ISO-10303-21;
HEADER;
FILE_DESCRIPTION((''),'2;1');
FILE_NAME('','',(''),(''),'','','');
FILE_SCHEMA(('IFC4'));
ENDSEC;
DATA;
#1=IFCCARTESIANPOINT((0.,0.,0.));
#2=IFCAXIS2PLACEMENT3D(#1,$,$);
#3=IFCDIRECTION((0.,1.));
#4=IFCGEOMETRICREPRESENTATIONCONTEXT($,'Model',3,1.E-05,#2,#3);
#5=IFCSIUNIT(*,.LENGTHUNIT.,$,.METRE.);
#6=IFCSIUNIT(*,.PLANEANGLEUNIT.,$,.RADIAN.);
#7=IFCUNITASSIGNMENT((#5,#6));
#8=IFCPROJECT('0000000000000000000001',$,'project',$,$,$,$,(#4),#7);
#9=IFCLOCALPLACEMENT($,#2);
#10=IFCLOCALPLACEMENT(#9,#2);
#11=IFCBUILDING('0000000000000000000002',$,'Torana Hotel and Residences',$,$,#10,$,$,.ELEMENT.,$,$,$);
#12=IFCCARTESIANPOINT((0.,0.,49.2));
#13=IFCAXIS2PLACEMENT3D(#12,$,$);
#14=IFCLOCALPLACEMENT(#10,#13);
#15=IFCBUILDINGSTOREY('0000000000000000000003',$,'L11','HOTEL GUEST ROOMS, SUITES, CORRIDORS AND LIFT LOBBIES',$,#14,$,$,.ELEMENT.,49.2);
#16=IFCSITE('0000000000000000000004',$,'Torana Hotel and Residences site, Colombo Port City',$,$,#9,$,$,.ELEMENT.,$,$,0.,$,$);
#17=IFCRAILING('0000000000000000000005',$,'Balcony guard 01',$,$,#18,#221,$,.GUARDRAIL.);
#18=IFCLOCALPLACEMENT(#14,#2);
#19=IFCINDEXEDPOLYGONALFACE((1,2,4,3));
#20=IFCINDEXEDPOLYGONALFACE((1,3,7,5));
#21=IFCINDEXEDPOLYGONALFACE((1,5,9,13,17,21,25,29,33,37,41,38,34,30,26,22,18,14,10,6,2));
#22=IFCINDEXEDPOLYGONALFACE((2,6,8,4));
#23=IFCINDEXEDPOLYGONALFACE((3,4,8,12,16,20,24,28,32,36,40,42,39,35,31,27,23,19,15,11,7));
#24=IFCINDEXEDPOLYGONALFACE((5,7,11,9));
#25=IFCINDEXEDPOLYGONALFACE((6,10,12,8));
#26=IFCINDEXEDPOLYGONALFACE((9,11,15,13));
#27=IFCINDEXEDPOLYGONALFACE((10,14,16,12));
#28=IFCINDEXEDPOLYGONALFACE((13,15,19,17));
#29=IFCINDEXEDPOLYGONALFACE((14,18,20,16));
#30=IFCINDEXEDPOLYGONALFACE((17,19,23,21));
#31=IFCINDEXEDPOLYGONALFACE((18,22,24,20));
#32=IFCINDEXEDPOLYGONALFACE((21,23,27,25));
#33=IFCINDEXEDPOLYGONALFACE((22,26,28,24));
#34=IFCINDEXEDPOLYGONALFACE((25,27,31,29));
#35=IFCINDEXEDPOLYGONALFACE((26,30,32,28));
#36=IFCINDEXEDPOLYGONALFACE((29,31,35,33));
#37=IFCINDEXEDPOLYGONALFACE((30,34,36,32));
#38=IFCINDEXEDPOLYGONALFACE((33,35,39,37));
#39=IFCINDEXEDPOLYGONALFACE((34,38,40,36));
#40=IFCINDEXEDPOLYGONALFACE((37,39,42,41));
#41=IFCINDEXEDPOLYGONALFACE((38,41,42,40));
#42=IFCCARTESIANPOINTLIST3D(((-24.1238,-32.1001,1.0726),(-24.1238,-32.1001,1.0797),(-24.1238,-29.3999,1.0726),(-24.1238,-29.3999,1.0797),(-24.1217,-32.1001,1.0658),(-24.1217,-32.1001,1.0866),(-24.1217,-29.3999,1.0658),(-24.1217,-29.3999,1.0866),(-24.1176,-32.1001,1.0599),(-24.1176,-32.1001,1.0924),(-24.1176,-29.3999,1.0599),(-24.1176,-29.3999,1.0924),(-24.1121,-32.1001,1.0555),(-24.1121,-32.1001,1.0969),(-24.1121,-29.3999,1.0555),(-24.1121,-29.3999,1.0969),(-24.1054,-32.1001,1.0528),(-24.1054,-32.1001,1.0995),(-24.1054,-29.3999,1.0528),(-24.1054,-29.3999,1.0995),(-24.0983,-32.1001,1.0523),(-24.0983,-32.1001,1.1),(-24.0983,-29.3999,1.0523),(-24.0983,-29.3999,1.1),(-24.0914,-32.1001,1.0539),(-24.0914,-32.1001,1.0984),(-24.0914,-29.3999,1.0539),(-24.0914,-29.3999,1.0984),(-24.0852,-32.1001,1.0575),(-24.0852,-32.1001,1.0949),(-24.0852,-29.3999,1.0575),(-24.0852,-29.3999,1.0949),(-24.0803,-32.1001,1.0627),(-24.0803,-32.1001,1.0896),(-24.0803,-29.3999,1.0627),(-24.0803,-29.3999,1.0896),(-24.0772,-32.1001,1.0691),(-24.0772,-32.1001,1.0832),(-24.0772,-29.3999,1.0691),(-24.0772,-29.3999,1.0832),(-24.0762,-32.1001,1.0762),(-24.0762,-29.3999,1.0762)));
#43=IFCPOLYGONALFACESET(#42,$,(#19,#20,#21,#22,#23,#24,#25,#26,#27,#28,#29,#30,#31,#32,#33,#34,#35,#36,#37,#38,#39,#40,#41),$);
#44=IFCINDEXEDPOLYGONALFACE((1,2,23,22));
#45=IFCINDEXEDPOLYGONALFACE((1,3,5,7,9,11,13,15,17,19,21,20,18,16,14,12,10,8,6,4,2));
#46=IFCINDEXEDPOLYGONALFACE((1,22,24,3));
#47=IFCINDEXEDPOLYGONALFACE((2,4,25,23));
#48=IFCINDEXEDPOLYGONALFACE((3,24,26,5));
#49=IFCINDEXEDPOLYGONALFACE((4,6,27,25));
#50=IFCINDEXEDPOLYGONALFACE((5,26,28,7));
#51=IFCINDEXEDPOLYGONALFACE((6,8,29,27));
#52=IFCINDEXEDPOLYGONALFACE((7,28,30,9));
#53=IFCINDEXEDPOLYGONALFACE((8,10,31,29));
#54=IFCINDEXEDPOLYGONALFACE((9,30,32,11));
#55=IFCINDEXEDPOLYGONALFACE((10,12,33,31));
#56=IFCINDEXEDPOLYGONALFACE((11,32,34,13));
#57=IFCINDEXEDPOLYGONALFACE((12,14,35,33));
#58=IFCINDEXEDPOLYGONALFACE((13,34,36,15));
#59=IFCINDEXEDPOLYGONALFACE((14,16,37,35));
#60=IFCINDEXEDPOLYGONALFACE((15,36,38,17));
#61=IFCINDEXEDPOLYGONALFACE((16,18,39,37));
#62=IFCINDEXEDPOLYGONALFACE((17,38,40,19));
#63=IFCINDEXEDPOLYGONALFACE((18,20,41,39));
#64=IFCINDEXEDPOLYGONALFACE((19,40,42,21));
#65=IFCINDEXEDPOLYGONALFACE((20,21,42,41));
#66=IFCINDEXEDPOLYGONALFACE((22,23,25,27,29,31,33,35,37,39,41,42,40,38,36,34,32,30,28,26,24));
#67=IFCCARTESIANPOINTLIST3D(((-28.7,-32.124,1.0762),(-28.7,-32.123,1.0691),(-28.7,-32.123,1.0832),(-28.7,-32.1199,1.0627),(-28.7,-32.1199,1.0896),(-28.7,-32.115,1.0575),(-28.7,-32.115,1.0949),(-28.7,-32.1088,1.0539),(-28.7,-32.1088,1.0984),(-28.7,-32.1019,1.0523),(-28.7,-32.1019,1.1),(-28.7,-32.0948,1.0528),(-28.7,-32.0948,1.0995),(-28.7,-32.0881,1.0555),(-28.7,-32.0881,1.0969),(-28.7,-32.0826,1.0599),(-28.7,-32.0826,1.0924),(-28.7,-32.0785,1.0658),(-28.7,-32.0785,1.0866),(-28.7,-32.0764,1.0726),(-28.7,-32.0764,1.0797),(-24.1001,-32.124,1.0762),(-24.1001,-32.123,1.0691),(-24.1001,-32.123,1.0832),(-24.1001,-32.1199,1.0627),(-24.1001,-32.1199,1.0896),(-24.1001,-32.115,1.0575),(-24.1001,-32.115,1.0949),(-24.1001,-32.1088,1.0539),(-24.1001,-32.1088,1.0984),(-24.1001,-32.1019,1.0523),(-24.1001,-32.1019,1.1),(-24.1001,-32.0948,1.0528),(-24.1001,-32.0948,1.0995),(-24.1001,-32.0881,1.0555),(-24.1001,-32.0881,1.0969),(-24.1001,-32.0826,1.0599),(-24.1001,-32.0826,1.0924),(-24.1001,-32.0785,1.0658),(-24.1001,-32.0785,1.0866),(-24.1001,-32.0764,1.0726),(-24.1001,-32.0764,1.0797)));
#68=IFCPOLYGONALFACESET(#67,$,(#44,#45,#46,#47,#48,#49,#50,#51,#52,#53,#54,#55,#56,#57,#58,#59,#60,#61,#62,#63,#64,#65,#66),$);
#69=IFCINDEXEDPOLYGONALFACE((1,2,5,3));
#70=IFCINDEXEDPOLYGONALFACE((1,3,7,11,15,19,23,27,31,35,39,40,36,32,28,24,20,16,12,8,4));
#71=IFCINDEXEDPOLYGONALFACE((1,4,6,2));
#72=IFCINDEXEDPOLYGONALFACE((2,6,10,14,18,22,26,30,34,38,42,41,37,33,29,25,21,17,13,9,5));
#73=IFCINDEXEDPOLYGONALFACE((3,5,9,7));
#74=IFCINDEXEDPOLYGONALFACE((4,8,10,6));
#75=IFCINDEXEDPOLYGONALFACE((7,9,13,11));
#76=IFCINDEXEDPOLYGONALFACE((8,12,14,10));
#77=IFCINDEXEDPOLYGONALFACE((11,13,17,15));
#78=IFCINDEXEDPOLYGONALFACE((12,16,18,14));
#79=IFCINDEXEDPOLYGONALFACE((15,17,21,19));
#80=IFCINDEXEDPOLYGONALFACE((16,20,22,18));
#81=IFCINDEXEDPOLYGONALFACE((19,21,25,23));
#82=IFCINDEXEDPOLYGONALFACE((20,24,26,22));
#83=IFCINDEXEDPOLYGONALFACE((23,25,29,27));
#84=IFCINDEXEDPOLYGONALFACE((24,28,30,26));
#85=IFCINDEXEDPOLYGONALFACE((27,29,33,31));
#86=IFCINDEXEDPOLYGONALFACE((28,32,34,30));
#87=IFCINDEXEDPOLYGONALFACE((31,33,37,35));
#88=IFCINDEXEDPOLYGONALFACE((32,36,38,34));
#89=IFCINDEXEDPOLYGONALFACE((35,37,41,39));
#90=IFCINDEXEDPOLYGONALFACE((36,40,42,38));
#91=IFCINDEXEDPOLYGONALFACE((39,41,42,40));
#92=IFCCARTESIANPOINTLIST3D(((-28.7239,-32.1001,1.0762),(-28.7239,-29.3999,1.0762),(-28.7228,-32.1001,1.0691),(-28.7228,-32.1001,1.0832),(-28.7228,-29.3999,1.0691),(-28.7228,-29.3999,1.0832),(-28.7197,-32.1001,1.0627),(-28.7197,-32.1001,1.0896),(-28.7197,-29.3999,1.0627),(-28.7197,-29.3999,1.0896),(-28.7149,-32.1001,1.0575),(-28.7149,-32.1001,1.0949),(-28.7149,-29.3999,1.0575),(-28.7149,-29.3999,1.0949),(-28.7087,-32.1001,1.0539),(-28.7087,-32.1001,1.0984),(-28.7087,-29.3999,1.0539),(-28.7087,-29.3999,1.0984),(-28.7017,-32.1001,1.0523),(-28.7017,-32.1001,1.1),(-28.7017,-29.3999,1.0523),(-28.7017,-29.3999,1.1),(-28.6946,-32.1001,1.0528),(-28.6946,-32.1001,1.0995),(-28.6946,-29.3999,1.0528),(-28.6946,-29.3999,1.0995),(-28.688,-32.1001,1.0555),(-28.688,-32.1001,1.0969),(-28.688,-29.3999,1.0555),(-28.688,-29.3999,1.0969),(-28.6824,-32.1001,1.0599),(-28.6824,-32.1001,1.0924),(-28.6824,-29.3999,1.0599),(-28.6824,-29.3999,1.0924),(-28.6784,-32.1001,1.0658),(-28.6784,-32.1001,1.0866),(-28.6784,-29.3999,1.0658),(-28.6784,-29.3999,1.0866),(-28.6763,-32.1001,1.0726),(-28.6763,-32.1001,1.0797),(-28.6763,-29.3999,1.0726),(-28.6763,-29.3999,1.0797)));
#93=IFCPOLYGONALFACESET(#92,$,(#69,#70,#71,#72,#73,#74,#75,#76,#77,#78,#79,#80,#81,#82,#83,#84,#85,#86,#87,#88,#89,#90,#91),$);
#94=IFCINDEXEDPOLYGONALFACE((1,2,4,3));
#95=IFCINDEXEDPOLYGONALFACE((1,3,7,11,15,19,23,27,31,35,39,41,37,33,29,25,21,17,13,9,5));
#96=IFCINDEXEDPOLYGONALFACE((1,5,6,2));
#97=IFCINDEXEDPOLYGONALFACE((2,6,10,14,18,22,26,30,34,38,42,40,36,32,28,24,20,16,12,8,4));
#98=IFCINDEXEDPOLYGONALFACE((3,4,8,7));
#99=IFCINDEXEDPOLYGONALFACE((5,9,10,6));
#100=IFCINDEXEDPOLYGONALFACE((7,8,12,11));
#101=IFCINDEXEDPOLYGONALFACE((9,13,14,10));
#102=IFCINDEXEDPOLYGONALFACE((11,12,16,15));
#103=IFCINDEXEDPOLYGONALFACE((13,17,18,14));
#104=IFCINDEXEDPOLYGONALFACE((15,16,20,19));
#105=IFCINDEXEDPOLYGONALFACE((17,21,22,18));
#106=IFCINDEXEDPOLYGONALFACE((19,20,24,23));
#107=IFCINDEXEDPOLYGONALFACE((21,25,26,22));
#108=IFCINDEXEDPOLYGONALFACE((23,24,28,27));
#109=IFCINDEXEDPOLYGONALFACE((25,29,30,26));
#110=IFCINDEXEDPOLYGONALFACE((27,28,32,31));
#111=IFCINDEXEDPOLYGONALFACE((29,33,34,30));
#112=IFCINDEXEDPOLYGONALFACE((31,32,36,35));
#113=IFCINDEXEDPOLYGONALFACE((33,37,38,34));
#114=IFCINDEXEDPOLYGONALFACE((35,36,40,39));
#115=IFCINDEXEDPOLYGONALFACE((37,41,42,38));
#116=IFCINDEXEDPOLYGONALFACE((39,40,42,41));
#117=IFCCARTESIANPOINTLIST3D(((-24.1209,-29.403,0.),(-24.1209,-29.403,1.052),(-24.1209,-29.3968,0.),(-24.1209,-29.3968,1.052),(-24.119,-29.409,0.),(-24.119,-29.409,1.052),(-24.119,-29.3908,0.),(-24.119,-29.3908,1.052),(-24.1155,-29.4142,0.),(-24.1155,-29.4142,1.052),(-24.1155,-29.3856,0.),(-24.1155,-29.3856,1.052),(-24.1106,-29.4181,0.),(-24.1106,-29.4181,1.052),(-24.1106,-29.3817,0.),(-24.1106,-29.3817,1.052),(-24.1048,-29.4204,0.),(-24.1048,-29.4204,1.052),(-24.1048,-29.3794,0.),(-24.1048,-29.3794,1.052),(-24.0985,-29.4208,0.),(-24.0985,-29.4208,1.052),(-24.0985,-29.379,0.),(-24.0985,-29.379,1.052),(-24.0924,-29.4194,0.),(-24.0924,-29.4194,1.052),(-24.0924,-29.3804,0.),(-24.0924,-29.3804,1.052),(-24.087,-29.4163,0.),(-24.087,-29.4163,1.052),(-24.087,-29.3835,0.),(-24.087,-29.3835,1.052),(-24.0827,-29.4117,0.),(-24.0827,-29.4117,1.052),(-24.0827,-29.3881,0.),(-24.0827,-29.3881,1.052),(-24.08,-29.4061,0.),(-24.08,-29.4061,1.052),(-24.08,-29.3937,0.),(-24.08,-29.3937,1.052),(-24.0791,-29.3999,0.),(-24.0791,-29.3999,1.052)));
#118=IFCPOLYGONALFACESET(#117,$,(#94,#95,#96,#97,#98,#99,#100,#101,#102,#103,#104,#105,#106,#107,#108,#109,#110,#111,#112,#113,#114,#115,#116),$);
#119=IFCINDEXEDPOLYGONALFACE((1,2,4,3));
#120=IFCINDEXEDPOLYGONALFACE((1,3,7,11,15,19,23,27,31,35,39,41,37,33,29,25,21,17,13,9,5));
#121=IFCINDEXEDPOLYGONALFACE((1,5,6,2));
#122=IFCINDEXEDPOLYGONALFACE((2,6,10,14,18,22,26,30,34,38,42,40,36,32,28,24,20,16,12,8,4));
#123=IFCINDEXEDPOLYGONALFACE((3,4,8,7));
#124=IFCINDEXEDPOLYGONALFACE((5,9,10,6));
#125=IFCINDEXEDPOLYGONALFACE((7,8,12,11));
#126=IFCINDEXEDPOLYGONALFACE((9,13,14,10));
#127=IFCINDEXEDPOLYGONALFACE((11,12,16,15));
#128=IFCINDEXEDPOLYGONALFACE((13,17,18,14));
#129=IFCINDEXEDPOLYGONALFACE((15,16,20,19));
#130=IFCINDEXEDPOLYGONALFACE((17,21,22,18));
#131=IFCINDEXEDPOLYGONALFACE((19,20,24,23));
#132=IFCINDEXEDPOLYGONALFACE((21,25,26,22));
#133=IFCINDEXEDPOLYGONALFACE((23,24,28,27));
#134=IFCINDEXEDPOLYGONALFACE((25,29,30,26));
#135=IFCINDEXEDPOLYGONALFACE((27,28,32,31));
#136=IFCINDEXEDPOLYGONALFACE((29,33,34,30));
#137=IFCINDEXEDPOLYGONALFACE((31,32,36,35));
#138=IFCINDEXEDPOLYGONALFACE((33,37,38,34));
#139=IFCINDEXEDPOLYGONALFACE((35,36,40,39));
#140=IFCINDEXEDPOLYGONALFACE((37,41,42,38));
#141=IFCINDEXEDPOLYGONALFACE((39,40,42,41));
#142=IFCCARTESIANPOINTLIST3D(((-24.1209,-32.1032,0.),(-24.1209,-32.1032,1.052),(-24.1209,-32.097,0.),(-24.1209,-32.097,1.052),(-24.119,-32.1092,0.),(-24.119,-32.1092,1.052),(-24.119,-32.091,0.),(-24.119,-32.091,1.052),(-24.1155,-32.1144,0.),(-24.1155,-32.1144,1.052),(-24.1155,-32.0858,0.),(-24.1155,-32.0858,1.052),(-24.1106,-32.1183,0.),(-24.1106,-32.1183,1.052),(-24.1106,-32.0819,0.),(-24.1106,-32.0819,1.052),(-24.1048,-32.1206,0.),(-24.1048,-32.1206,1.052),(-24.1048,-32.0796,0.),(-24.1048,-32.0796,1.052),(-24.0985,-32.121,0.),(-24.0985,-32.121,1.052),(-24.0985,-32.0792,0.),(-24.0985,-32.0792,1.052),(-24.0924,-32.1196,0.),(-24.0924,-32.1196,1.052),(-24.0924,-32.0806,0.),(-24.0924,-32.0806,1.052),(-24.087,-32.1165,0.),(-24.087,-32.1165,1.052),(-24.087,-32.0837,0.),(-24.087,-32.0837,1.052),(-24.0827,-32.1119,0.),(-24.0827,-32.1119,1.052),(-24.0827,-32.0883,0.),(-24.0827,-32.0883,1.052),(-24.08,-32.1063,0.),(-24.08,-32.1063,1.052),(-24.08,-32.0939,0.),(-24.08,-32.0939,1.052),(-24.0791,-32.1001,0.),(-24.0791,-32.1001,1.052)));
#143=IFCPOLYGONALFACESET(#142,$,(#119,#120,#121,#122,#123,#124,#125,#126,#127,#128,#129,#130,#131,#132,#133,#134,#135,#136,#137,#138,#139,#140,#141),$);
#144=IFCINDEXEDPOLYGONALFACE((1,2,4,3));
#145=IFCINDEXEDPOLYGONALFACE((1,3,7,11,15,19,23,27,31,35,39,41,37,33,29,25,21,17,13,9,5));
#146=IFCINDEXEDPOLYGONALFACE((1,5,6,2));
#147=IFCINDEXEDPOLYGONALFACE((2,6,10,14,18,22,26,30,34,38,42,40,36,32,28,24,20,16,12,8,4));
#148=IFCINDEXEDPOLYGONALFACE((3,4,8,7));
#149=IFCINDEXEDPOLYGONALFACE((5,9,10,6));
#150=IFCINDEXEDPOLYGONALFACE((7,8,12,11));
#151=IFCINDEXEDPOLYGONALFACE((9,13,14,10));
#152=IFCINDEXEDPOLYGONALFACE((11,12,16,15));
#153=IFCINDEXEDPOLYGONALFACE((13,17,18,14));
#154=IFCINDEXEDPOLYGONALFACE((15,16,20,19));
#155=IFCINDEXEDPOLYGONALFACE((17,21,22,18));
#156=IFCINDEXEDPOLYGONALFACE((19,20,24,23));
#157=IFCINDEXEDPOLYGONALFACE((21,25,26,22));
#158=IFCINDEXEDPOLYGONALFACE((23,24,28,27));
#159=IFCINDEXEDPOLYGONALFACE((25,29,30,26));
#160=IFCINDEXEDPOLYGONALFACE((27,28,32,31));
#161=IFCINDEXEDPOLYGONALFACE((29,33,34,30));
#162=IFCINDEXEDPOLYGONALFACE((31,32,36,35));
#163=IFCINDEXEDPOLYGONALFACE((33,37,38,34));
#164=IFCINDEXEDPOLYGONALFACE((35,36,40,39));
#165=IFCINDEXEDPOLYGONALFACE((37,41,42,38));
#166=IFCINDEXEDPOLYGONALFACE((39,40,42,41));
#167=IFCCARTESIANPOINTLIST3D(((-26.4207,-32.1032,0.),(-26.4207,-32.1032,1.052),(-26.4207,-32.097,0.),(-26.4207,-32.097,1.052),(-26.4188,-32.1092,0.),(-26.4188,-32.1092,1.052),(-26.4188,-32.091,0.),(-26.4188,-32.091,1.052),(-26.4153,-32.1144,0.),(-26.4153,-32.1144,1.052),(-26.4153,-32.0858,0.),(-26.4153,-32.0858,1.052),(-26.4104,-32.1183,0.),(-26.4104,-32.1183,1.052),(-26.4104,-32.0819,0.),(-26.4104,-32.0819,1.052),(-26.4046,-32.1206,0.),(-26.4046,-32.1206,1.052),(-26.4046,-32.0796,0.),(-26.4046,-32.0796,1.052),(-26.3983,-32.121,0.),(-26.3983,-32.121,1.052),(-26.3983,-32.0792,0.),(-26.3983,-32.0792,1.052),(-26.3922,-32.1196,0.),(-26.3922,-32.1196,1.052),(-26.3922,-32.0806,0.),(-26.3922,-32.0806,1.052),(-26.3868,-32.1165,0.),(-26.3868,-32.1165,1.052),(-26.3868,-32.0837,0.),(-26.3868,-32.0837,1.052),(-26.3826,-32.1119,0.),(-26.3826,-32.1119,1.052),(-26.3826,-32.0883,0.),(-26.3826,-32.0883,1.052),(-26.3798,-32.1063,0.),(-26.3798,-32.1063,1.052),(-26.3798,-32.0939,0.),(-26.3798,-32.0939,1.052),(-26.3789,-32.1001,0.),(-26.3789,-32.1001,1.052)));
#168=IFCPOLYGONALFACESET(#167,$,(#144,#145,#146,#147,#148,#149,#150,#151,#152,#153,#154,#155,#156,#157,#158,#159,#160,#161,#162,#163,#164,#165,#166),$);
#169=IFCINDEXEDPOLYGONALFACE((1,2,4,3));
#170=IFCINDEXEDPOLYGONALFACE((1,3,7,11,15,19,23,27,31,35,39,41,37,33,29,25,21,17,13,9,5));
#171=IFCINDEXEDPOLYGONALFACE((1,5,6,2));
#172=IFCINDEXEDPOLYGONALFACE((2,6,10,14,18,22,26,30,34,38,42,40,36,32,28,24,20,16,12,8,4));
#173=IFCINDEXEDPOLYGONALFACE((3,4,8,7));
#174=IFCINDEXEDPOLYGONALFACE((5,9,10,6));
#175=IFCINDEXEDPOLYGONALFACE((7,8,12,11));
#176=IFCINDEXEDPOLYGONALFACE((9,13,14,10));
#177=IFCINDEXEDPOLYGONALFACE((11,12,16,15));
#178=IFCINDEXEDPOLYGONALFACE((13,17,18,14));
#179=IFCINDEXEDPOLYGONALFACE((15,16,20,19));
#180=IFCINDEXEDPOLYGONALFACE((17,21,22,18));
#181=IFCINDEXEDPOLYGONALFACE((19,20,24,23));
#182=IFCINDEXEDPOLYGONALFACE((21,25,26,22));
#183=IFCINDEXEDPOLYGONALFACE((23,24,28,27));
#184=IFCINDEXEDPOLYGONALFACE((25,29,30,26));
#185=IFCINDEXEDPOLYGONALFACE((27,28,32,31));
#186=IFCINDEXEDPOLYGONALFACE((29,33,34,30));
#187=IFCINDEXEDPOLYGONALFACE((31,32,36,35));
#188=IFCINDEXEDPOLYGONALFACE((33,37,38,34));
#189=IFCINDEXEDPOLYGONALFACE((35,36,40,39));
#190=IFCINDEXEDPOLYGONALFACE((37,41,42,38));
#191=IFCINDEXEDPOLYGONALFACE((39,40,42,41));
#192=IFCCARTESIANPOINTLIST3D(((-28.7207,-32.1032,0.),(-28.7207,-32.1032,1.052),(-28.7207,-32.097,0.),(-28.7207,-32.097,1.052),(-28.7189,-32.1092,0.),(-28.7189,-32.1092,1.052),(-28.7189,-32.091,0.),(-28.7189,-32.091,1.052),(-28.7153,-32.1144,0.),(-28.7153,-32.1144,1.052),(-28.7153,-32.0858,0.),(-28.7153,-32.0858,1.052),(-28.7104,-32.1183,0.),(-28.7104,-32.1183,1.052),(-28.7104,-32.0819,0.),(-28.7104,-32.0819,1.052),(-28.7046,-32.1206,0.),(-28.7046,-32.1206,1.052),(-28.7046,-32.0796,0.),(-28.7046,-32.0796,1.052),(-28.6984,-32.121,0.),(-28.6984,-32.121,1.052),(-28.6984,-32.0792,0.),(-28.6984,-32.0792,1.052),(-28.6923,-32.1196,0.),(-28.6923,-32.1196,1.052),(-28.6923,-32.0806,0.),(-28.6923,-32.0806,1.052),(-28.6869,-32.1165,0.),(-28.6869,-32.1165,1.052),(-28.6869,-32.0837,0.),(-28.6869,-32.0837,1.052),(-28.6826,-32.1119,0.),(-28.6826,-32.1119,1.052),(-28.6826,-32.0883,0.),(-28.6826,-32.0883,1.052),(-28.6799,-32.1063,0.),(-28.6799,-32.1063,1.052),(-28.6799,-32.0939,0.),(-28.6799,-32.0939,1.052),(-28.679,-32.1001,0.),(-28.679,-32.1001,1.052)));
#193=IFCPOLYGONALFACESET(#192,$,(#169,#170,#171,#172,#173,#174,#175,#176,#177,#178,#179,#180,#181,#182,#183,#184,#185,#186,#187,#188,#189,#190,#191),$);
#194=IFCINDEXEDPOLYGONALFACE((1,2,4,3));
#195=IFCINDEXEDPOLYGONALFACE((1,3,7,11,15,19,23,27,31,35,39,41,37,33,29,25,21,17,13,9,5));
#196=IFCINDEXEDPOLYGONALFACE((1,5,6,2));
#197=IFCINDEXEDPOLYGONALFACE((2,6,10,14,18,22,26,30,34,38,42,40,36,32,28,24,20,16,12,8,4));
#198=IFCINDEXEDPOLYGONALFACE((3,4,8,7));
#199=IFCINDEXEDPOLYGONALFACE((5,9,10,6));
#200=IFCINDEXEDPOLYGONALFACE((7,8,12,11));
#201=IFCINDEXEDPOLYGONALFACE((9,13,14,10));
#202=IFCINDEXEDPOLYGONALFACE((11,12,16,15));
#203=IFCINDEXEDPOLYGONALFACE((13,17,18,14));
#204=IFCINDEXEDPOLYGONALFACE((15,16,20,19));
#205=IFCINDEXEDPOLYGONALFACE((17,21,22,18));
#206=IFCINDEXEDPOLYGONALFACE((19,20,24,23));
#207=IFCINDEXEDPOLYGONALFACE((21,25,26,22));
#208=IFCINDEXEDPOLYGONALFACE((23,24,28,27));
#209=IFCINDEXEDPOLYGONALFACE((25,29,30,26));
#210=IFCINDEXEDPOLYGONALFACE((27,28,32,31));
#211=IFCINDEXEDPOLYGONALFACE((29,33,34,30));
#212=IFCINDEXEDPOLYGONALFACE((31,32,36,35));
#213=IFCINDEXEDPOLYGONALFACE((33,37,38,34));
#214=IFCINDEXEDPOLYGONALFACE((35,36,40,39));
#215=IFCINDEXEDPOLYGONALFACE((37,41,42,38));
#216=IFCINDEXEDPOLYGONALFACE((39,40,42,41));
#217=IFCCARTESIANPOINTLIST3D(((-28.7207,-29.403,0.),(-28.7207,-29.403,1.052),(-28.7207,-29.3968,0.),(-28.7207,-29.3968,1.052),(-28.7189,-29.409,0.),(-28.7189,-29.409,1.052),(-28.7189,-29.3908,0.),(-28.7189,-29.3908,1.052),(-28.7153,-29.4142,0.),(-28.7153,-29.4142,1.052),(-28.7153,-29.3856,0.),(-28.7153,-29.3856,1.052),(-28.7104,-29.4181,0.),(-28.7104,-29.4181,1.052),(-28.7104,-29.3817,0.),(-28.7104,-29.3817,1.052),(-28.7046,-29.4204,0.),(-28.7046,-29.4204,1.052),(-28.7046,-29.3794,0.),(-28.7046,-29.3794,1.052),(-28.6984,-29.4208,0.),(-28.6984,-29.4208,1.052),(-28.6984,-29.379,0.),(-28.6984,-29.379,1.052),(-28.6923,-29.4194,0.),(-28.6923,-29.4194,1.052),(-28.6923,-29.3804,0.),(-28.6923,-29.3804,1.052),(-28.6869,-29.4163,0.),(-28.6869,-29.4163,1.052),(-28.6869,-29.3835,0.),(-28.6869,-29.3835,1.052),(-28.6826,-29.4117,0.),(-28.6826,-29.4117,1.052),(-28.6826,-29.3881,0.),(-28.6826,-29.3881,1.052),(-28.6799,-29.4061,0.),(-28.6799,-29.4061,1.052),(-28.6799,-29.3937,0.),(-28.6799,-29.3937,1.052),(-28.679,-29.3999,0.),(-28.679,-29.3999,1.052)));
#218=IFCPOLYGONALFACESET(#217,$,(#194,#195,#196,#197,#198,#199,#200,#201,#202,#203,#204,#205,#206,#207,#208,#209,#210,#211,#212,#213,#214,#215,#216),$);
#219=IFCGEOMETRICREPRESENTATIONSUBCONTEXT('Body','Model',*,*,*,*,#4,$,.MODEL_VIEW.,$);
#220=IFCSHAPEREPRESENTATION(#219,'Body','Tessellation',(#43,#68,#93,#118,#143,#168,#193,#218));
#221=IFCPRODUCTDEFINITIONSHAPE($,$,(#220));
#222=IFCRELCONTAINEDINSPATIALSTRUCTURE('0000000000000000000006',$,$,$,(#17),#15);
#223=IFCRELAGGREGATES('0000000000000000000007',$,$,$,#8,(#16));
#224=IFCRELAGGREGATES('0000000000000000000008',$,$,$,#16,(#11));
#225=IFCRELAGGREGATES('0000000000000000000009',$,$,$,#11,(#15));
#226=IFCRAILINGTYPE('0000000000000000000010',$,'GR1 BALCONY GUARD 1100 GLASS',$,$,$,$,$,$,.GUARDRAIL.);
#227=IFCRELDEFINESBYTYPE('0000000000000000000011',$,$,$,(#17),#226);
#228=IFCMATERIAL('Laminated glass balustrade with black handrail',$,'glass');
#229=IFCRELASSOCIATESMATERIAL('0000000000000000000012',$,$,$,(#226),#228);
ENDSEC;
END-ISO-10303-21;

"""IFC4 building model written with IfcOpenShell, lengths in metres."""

from ifc_helpers import new_model, si_unit, direction, frame, origin, origin_2d, place, context, subcontext, project, spatial, circle, extrude, material, type_object, element, save


model = new_model("IFC4")

# Units and contexts
model_context = context("Model", 3, precision=1e-05, world=origin(), true_north=direction((0.0, 1.0)))
body_context = subcontext(model_context, "Body", "Model", "MODEL_VIEW")
ifc_project = project(units=[si_unit("LENGTHUNIT", "METRE"), si_unit("PLANEANGLEUNIT", "RADIAN")], contexts=[model_context])

# Site, building, storey
site_placement = place(None, origin())
site = spatial("IfcSite", under=ifc_project, at=site_placement, Name="Torana Hotel and Residences site, Colombo Port City", CompositionType="ELEMENT", RefElevation=0.0)
building_placement = place(site_placement, origin())
building = spatial("IfcBuilding", under=site, at=building_placement, Name="Torana Hotel and Residences", CompositionType="ELEMENT")
storey_placement = place(building_placement, frame((0.0, 0.0, 49.2)))
storey = spatial("IfcBuildingStorey", under=building, at=storey_placement, Name="L11", Description="HOTEL GUEST ROOMS, SUITES, CORRIDORS AND LIFT LOBBIES", CompositionType="ELEMENT", Elevation=49.2)

# Railing
ifc_material_1 = material(Name="Laminated glass balustrade with black handrail", Category="glass")
railing_type = type_object("IfcRailingType", Name="GR1 BALCONY GUARD 1100 GLASS", PredefinedType="GUARDRAIL", material=ifc_material_1)
railing_placement = place(storey_placement, frame((-24.1001, -29.3999, 0.0)))
element("IfcRailing", 1, at=railing_placement, inside=storey, type_object=railing_type, Name="Balcony guard 01", PredefinedType="GUARDRAIL", context=body_context, shape_type="SweptSolid", body=[
    extrude(circle(Radius=0.0239, at=origin_2d()), frame((0.0, 0.0, 1.0762), z_axis=(0.0, -1.0, 0.0), x_axis=(1.0, 0.0, 0.0)), (0.0, 0.0, 1.0), 2.7002),
    extrude(circle(Radius=0.0239, at=origin_2d()), frame((0.0, -2.7002, 1.0762), z_axis=(-1.0, 0.0, 0.0), x_axis=(0.0, -1.0, 0.0)), (0.0, 0.0, 1.0), 4.5999),
    extrude(circle(Radius=0.0239, at=origin_2d()), frame((-4.5999, -2.7002, 1.0762), z_axis=(0.0, 1.0, 0.0), x_axis=(-1.0, 0.0, 0.0)), (0.0, 0.0, 1.0), 2.7002),
    extrude(circle(Radius=0.021, at=origin_2d()), origin(), (0.0, 0.0, 1.0), 1.052),
    extrude(circle(Radius=0.021, at=origin_2d()), frame((0.0, -2.7002, 0.0)), (0.0, 0.0, 1.0), 1.052),
    extrude(circle(Radius=0.021, at=origin_2d()), frame((-2.2998, -2.7002, 0.0)), (0.0, 0.0, 1.0), 1.052),
    extrude(circle(Radius=0.021, at=origin_2d()), frame((-4.5999, -2.7002, 0.0)), (0.0, 0.0, 1.0), 1.052),
    extrude(circle(Radius=0.021, at=origin_2d()), frame((-4.5999, 0.0, 0.0)), (0.0, 0.0, 1.0), 1.052),
])

save(model, "model.ifc")
